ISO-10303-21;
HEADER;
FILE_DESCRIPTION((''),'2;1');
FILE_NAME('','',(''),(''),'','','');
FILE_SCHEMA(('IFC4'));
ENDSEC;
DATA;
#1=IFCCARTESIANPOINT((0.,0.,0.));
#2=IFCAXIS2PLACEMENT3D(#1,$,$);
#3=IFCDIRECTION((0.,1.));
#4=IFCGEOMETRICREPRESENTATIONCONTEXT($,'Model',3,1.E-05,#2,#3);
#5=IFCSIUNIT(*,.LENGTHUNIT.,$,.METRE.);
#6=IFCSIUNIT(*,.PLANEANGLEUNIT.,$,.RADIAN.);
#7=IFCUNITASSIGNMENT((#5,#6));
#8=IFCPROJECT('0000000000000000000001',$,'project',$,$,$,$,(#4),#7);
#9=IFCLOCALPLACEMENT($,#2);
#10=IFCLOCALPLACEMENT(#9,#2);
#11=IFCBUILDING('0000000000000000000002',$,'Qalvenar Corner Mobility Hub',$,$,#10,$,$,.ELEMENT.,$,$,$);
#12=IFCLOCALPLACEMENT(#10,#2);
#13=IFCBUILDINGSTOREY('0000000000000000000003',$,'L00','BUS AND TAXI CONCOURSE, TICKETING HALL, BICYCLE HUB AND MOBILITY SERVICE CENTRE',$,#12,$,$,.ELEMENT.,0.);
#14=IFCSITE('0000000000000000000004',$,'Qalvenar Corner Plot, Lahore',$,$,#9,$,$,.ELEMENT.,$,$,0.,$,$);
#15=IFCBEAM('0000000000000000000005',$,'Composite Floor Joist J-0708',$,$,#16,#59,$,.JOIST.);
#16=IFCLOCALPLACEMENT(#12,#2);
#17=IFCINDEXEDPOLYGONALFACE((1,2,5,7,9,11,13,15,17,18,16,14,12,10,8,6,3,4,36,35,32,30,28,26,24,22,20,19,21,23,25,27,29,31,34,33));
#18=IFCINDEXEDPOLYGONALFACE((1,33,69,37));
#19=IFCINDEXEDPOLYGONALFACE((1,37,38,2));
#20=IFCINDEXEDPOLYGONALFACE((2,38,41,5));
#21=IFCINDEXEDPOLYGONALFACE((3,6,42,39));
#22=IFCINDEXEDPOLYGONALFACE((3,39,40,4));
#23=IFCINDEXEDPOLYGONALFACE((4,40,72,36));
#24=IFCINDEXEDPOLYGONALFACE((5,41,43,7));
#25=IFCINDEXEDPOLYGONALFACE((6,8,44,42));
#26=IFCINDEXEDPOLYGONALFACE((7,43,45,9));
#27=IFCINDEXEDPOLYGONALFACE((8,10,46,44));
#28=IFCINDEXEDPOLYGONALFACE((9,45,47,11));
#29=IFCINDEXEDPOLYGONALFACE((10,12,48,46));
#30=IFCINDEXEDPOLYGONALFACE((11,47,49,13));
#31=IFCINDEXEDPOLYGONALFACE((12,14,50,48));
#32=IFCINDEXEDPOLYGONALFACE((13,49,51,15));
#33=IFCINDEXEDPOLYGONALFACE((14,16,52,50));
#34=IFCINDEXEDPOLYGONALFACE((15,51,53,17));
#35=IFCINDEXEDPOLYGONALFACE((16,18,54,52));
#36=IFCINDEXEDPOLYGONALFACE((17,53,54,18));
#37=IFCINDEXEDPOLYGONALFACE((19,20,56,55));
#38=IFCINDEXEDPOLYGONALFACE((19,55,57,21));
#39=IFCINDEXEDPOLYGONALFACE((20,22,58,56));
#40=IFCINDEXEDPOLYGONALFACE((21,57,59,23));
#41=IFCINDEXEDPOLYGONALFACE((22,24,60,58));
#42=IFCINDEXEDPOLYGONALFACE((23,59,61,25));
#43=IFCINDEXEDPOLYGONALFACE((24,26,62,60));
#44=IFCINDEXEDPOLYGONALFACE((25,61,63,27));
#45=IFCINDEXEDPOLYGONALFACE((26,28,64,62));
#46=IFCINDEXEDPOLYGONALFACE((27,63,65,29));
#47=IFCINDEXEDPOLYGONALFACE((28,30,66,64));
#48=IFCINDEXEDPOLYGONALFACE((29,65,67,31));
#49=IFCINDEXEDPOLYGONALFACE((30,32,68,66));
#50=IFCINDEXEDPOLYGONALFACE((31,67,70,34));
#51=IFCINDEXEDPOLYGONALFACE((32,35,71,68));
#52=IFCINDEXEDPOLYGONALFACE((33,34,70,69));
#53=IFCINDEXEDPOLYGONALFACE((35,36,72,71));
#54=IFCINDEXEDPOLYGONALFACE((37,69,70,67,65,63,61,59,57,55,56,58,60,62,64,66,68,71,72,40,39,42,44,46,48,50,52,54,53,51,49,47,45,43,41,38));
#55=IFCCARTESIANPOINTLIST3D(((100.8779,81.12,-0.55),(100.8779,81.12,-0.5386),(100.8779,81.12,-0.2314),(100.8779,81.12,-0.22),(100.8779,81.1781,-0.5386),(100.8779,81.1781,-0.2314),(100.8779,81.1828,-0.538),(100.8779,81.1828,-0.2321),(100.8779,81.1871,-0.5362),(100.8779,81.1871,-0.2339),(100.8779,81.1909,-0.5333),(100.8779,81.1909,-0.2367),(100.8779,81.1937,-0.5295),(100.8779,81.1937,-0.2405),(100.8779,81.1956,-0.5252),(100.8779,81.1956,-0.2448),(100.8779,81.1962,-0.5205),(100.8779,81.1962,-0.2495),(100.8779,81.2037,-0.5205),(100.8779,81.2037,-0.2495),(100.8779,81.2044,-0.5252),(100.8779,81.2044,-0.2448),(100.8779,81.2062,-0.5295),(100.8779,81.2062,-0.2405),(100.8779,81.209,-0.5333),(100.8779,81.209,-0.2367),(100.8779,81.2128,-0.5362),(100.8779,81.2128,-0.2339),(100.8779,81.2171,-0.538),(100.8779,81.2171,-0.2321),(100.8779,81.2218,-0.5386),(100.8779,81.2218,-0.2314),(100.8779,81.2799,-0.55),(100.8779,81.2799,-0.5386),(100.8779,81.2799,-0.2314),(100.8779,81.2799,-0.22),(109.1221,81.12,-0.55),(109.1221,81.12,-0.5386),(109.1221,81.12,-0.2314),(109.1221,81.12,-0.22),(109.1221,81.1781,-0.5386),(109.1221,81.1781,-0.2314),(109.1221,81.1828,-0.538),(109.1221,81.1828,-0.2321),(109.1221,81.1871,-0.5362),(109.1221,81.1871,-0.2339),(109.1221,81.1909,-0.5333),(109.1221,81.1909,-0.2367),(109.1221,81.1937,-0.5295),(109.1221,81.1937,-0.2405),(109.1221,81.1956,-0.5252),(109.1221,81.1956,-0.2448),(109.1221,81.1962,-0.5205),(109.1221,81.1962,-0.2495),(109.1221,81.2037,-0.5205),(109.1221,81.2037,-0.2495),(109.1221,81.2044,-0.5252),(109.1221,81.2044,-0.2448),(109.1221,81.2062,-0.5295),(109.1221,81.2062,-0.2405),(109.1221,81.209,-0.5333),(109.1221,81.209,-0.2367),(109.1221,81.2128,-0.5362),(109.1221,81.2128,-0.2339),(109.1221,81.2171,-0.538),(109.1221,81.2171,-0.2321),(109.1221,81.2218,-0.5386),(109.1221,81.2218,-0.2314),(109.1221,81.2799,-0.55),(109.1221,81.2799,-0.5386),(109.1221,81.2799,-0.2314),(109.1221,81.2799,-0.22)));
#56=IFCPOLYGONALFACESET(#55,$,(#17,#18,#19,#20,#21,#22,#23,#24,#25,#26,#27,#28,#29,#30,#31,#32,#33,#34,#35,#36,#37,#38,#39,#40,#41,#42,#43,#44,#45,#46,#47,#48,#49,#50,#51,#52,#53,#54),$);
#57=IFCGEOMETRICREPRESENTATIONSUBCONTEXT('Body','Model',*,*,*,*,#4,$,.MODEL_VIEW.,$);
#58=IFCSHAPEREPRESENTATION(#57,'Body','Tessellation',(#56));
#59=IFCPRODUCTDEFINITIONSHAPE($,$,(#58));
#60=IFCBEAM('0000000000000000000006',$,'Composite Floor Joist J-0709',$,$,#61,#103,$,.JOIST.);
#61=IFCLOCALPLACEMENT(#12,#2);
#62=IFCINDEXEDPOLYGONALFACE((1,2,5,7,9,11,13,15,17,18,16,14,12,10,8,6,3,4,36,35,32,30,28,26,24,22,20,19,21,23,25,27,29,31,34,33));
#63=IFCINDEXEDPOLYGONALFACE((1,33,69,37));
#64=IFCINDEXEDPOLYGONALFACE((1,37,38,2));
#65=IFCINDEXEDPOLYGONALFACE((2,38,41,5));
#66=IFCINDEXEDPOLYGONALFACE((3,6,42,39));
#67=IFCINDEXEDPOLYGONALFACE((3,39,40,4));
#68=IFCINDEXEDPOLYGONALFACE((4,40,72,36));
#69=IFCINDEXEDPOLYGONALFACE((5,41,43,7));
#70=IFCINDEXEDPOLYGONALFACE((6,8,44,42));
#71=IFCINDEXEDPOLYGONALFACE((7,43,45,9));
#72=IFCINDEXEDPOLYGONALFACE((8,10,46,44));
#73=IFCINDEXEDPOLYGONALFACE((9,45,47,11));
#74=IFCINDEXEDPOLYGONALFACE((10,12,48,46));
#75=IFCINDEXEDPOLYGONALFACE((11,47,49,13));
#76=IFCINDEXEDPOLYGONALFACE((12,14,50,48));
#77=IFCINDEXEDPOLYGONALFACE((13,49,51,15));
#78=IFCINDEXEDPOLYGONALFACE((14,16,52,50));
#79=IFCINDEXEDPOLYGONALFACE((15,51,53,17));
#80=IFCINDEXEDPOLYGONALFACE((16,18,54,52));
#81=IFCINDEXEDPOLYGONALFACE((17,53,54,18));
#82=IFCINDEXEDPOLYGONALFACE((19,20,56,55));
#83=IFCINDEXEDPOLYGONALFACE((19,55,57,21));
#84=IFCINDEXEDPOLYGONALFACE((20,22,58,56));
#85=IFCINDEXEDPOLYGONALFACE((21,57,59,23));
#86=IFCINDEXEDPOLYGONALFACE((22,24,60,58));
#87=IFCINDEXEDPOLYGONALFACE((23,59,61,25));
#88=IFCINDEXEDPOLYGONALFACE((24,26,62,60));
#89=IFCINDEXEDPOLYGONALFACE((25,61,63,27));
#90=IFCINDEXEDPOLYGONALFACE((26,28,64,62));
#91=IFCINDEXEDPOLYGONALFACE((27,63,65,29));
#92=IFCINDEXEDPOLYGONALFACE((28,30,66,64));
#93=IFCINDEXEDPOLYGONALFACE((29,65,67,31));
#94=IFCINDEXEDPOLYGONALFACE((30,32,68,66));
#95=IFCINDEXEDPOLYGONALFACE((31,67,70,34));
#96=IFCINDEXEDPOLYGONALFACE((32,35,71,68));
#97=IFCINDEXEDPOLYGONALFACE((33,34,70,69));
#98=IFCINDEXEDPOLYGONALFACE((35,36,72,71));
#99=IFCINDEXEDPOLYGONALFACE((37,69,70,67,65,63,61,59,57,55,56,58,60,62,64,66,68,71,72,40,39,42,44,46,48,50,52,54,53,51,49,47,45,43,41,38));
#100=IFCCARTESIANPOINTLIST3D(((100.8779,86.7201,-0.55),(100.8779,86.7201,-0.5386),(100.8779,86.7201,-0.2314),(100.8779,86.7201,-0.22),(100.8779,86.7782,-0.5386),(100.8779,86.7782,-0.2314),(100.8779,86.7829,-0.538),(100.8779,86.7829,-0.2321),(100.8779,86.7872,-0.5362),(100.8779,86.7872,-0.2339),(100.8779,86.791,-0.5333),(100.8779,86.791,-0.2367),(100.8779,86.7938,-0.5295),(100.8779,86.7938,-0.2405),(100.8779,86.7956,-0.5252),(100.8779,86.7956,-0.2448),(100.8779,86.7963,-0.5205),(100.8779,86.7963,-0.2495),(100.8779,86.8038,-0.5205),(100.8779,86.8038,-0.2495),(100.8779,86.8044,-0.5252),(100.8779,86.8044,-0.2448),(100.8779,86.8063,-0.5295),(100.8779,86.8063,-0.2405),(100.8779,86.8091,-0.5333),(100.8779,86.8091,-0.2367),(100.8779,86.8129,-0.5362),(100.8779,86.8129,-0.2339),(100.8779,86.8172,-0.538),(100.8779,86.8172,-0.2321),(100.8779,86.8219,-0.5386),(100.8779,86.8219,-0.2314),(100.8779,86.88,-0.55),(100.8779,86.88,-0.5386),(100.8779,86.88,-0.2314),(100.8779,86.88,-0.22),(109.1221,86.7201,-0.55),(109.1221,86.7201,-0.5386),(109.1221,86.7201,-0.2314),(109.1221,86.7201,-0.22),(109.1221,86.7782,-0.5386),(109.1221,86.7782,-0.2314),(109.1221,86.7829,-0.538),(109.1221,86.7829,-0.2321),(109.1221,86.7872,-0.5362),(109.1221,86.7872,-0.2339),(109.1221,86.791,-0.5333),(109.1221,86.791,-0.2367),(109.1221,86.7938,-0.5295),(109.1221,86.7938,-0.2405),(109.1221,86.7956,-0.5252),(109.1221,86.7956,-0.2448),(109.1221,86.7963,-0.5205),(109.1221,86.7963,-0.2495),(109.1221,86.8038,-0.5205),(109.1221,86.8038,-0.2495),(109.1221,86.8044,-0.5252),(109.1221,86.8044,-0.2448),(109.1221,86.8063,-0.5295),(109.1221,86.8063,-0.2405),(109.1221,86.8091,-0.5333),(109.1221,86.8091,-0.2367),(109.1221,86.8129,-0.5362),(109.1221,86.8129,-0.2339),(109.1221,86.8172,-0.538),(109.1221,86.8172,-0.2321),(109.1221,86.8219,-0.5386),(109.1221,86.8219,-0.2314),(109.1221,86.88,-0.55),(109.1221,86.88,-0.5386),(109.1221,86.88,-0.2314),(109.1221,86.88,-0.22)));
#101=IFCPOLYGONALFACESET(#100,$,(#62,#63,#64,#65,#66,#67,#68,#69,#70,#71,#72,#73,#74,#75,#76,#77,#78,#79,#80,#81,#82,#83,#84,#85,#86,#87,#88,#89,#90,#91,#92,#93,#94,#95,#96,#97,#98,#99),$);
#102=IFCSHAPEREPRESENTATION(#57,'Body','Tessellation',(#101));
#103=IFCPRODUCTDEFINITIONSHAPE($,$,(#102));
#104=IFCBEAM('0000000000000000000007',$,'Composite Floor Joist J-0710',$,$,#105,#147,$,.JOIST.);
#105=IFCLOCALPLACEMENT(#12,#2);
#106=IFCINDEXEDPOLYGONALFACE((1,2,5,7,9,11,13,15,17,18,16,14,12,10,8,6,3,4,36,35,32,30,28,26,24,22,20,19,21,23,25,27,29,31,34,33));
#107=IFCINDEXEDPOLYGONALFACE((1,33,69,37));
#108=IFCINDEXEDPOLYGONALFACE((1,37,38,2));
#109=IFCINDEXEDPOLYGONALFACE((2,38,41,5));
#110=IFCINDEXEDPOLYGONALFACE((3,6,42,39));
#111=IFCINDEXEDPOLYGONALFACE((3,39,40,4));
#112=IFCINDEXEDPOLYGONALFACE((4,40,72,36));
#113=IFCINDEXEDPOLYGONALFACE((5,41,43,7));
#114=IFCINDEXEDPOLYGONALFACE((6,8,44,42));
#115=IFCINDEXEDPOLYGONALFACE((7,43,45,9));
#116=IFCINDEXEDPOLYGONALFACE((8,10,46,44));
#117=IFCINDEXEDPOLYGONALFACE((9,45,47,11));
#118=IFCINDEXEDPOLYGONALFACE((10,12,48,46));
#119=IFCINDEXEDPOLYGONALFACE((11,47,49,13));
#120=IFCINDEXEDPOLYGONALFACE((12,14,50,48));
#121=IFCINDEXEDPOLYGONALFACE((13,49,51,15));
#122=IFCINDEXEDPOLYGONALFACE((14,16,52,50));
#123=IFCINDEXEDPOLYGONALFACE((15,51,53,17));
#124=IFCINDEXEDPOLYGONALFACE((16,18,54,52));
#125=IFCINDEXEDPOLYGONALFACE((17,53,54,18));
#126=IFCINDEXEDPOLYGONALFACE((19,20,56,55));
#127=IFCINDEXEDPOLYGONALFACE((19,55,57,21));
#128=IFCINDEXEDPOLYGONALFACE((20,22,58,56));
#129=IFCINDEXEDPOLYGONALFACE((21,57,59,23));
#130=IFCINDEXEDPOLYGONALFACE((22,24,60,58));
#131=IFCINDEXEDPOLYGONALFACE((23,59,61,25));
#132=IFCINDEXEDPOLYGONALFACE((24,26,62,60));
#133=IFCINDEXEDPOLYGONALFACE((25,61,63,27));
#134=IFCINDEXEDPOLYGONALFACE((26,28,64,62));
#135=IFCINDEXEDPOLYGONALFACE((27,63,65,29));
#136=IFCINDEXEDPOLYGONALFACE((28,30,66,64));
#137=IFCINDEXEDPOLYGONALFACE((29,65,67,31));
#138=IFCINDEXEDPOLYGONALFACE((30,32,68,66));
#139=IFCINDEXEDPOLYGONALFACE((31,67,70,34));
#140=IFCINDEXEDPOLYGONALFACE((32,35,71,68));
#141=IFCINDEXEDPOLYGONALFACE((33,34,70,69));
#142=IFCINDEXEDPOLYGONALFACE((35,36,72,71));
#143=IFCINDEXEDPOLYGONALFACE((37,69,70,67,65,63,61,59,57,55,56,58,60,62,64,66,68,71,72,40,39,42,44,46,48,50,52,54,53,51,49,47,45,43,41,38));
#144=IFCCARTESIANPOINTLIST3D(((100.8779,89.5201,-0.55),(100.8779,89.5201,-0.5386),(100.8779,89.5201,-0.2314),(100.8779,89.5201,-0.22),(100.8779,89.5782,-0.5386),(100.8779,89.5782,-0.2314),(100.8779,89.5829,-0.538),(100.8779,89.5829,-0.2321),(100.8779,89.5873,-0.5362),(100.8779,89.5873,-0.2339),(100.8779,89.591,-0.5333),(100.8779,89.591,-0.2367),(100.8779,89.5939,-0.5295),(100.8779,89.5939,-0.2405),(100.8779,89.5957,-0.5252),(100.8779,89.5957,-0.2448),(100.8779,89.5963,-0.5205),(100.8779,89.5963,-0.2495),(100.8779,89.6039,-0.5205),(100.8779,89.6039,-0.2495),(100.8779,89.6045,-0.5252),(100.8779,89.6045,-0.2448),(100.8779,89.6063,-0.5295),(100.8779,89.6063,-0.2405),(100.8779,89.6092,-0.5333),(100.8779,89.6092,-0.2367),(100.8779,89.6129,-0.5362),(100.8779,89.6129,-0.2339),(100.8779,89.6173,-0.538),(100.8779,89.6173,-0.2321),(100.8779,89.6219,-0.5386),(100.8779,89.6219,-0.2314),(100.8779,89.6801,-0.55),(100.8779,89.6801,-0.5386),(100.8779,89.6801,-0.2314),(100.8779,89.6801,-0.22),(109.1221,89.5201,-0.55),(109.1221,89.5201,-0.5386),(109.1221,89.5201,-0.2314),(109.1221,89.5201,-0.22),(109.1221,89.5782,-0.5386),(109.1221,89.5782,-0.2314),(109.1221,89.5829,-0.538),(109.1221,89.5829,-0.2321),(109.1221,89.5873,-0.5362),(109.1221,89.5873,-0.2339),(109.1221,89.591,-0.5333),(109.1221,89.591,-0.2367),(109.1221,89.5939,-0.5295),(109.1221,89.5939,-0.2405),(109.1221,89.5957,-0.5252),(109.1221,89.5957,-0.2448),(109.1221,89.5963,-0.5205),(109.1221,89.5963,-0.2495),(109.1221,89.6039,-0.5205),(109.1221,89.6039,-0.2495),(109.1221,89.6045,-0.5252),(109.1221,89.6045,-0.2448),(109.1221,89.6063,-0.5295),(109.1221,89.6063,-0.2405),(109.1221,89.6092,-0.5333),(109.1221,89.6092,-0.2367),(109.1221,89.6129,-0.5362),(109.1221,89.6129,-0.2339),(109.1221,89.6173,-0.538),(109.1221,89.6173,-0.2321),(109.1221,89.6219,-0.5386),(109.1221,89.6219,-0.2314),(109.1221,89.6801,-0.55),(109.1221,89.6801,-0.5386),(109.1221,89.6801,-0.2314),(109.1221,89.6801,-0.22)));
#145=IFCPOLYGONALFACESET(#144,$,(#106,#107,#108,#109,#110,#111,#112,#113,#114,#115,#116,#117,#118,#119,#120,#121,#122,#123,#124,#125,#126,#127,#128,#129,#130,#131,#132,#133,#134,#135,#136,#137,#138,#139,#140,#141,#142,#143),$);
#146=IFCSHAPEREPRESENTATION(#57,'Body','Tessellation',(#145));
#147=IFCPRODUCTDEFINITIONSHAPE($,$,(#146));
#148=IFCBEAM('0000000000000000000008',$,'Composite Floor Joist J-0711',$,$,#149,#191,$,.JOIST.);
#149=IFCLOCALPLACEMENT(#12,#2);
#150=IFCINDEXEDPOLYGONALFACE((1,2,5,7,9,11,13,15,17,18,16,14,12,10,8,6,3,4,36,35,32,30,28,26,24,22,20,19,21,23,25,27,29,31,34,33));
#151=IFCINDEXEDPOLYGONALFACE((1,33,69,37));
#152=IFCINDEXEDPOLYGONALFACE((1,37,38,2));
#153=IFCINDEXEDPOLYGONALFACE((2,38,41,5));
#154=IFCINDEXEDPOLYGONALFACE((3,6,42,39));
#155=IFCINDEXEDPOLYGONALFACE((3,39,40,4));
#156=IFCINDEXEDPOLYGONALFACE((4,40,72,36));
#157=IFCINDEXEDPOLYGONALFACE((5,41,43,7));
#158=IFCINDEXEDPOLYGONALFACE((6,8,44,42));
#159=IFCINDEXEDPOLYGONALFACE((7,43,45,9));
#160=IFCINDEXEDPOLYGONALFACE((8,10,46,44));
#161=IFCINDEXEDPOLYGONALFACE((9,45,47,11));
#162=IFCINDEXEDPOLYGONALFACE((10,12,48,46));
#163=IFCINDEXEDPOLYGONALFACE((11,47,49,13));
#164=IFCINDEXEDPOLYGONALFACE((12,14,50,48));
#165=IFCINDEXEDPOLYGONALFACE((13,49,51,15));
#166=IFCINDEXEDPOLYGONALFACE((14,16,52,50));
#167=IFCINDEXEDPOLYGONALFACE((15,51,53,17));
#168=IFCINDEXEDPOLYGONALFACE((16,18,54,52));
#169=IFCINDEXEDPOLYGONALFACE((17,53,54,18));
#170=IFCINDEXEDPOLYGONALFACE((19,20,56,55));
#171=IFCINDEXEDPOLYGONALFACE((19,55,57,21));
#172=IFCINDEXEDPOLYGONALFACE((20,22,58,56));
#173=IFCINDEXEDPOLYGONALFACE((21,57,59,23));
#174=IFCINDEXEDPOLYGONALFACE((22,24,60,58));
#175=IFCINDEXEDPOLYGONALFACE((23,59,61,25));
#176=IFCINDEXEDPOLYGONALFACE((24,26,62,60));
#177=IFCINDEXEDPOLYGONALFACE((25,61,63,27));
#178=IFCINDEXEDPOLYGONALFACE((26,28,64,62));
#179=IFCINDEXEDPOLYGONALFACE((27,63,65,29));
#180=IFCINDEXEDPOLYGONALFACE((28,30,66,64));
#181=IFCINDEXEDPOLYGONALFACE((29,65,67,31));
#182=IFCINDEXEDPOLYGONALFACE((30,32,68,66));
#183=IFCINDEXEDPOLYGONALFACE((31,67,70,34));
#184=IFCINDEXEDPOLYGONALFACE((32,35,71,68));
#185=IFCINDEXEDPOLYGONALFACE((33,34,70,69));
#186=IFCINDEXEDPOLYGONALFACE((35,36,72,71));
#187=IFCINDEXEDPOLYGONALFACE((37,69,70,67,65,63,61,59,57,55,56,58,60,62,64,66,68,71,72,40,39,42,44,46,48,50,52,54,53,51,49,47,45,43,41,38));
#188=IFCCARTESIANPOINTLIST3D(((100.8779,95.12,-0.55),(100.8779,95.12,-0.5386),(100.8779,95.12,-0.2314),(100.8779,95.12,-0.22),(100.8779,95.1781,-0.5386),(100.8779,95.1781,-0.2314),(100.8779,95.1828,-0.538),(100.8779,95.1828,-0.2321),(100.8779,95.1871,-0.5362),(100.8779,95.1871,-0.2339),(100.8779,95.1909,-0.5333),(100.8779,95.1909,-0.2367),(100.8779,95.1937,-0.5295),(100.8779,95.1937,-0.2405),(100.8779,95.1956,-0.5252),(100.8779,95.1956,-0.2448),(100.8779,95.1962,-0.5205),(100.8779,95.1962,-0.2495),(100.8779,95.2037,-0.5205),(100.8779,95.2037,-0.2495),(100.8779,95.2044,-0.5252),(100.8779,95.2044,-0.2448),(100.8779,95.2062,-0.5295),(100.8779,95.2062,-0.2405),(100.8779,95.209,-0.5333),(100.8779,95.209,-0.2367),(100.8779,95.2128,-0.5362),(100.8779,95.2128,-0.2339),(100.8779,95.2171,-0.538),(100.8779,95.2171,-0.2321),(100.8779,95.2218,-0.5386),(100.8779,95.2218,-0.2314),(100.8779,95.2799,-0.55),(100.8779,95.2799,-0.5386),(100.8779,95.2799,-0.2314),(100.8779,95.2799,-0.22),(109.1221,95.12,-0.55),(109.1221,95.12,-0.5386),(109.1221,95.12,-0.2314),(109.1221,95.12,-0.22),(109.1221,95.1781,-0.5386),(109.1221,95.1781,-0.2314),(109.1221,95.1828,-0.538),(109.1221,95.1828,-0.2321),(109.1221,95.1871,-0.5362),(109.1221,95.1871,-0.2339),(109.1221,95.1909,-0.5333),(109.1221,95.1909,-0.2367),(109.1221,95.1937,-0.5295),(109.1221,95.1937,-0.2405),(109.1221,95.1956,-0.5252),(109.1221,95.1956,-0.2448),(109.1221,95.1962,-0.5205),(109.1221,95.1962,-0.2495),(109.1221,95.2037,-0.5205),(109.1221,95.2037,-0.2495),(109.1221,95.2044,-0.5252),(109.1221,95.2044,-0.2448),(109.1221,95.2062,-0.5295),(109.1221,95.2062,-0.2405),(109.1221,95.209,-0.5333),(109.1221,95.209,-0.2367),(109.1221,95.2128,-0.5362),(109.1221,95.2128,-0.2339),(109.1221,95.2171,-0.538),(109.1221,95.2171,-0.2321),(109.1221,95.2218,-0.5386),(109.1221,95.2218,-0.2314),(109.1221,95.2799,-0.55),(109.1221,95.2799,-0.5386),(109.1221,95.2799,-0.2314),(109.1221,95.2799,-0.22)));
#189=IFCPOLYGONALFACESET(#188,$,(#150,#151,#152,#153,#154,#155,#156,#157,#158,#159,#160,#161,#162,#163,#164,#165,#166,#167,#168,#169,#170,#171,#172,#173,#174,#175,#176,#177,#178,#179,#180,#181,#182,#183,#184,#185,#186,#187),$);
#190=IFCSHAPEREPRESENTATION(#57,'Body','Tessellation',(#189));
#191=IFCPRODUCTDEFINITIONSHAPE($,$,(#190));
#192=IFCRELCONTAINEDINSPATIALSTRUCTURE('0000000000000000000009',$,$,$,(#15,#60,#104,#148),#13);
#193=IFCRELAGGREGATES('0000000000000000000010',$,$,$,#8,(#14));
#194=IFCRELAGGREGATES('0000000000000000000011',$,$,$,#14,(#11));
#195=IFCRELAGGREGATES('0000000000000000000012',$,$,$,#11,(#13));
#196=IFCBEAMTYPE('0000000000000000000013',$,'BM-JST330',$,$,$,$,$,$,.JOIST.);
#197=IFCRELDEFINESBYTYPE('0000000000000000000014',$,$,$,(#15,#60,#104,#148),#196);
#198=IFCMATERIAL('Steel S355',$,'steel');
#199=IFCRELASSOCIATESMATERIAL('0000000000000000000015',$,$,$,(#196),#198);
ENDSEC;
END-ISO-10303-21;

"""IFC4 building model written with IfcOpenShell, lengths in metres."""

from ifc_helpers import new_model, si_unit, direction, frame, origin, origin_2d, place, context, subcontext, project, spatial, i_section, extrude, material, material_profile, profile_set, type_object, element, save


model = new_model("IFC4")

# Units and contexts
model_context = context("Model", 3, precision=1e-05, world=origin(), true_north=direction((0.0, 1.0)))
body_context = subcontext(model_context, "Body", "Model", "MODEL_VIEW")
ifc_project = project(units=[si_unit("LENGTHUNIT", "METRE"), si_unit("PLANEANGLEUNIT", "RADIAN")], contexts=[model_context])

# Site, building, storey
site_placement = place(None, origin())
site = spatial("IfcSite", under=ifc_project, at=site_placement, Name="Qalvenar Corner Plot, Lahore", CompositionType="ELEMENT", RefElevation=0.0)
building_placement = place(site_placement, origin())
building = spatial("IfcBuilding", under=site, at=building_placement, Name="Qalvenar Corner Mobility Hub", CompositionType="ELEMENT")
storey_placement = place(building_placement, origin())
storey = spatial("IfcBuildingStorey", under=building, at=storey_placement, Name="L00", Description="BUS AND TAXI CONCOURSE, TICKETING HALL, BICYCLE HUB AND MOBILITY SERVICE CENTRE", CompositionType="ELEMENT", Elevation=0.0)

# Shared definitions
ifc_material = material(Name="Steel S355", Category="steel")

# Beams
ifc_material_profile_1 = material_profile(ifc_material, i_section(OverallWidth=0.1599, OverallDepth=0.3301, WebThickness=0.0076, FlangeThickness=0.0115, FilletRadius=0.0181, at=origin_2d()), Name="IPE330")
ifc_profile_set_1 = profile_set([ifc_material_profile_1], Name="Steel S355")
beam_type_1 = type_object("IfcBeamType", Name="BM-JST330", PredefinedType="JOIST", material=ifc_profile_set_1)
for number, where, z_axis, x_axis, name in (
    (1, (100.8779, 81.2, -0.385), (1.0, 0.0, 0.0), (0.0, 1.0, 0.0), "Composite Floor Joist J-0708"),
    (2, (100.8779, 86.8, -0.385), (1.0, 0.0, 0.0), (0.0, 1.0, 0.0), "Composite Floor Joist J-0709"),
    (3, (100.8779, 89.6001, -0.385), (1.0, 0.0, 0.0), (0.0, 1.0, 0.0), "Composite Floor Joist J-0710"),
    (4, (100.8779, 95.2, -0.385), (1.0, 0.0, 0.0), (0.0, 1.0, 0.0), "Composite Floor Joist J-0711"),
):
    element("IfcBeam", number, at=place(storey_placement, frame(where, z_axis=z_axis, x_axis=x_axis)), inside=storey, type_object=beam_type_1, Name=name, PredefinedType="JOIST", context=body_context, shape_type="SweptSolid", body=[
        extrude(i_section(OverallWidth=0.1599, OverallDepth=0.3301, WebThickness=0.0076, FlangeThickness=0.0115, FilletRadius=0.0181, at=origin_2d()), origin(), (0.0, 0.0, 1.0), 8.2441),
    ])

save(model, "model.ifc")
